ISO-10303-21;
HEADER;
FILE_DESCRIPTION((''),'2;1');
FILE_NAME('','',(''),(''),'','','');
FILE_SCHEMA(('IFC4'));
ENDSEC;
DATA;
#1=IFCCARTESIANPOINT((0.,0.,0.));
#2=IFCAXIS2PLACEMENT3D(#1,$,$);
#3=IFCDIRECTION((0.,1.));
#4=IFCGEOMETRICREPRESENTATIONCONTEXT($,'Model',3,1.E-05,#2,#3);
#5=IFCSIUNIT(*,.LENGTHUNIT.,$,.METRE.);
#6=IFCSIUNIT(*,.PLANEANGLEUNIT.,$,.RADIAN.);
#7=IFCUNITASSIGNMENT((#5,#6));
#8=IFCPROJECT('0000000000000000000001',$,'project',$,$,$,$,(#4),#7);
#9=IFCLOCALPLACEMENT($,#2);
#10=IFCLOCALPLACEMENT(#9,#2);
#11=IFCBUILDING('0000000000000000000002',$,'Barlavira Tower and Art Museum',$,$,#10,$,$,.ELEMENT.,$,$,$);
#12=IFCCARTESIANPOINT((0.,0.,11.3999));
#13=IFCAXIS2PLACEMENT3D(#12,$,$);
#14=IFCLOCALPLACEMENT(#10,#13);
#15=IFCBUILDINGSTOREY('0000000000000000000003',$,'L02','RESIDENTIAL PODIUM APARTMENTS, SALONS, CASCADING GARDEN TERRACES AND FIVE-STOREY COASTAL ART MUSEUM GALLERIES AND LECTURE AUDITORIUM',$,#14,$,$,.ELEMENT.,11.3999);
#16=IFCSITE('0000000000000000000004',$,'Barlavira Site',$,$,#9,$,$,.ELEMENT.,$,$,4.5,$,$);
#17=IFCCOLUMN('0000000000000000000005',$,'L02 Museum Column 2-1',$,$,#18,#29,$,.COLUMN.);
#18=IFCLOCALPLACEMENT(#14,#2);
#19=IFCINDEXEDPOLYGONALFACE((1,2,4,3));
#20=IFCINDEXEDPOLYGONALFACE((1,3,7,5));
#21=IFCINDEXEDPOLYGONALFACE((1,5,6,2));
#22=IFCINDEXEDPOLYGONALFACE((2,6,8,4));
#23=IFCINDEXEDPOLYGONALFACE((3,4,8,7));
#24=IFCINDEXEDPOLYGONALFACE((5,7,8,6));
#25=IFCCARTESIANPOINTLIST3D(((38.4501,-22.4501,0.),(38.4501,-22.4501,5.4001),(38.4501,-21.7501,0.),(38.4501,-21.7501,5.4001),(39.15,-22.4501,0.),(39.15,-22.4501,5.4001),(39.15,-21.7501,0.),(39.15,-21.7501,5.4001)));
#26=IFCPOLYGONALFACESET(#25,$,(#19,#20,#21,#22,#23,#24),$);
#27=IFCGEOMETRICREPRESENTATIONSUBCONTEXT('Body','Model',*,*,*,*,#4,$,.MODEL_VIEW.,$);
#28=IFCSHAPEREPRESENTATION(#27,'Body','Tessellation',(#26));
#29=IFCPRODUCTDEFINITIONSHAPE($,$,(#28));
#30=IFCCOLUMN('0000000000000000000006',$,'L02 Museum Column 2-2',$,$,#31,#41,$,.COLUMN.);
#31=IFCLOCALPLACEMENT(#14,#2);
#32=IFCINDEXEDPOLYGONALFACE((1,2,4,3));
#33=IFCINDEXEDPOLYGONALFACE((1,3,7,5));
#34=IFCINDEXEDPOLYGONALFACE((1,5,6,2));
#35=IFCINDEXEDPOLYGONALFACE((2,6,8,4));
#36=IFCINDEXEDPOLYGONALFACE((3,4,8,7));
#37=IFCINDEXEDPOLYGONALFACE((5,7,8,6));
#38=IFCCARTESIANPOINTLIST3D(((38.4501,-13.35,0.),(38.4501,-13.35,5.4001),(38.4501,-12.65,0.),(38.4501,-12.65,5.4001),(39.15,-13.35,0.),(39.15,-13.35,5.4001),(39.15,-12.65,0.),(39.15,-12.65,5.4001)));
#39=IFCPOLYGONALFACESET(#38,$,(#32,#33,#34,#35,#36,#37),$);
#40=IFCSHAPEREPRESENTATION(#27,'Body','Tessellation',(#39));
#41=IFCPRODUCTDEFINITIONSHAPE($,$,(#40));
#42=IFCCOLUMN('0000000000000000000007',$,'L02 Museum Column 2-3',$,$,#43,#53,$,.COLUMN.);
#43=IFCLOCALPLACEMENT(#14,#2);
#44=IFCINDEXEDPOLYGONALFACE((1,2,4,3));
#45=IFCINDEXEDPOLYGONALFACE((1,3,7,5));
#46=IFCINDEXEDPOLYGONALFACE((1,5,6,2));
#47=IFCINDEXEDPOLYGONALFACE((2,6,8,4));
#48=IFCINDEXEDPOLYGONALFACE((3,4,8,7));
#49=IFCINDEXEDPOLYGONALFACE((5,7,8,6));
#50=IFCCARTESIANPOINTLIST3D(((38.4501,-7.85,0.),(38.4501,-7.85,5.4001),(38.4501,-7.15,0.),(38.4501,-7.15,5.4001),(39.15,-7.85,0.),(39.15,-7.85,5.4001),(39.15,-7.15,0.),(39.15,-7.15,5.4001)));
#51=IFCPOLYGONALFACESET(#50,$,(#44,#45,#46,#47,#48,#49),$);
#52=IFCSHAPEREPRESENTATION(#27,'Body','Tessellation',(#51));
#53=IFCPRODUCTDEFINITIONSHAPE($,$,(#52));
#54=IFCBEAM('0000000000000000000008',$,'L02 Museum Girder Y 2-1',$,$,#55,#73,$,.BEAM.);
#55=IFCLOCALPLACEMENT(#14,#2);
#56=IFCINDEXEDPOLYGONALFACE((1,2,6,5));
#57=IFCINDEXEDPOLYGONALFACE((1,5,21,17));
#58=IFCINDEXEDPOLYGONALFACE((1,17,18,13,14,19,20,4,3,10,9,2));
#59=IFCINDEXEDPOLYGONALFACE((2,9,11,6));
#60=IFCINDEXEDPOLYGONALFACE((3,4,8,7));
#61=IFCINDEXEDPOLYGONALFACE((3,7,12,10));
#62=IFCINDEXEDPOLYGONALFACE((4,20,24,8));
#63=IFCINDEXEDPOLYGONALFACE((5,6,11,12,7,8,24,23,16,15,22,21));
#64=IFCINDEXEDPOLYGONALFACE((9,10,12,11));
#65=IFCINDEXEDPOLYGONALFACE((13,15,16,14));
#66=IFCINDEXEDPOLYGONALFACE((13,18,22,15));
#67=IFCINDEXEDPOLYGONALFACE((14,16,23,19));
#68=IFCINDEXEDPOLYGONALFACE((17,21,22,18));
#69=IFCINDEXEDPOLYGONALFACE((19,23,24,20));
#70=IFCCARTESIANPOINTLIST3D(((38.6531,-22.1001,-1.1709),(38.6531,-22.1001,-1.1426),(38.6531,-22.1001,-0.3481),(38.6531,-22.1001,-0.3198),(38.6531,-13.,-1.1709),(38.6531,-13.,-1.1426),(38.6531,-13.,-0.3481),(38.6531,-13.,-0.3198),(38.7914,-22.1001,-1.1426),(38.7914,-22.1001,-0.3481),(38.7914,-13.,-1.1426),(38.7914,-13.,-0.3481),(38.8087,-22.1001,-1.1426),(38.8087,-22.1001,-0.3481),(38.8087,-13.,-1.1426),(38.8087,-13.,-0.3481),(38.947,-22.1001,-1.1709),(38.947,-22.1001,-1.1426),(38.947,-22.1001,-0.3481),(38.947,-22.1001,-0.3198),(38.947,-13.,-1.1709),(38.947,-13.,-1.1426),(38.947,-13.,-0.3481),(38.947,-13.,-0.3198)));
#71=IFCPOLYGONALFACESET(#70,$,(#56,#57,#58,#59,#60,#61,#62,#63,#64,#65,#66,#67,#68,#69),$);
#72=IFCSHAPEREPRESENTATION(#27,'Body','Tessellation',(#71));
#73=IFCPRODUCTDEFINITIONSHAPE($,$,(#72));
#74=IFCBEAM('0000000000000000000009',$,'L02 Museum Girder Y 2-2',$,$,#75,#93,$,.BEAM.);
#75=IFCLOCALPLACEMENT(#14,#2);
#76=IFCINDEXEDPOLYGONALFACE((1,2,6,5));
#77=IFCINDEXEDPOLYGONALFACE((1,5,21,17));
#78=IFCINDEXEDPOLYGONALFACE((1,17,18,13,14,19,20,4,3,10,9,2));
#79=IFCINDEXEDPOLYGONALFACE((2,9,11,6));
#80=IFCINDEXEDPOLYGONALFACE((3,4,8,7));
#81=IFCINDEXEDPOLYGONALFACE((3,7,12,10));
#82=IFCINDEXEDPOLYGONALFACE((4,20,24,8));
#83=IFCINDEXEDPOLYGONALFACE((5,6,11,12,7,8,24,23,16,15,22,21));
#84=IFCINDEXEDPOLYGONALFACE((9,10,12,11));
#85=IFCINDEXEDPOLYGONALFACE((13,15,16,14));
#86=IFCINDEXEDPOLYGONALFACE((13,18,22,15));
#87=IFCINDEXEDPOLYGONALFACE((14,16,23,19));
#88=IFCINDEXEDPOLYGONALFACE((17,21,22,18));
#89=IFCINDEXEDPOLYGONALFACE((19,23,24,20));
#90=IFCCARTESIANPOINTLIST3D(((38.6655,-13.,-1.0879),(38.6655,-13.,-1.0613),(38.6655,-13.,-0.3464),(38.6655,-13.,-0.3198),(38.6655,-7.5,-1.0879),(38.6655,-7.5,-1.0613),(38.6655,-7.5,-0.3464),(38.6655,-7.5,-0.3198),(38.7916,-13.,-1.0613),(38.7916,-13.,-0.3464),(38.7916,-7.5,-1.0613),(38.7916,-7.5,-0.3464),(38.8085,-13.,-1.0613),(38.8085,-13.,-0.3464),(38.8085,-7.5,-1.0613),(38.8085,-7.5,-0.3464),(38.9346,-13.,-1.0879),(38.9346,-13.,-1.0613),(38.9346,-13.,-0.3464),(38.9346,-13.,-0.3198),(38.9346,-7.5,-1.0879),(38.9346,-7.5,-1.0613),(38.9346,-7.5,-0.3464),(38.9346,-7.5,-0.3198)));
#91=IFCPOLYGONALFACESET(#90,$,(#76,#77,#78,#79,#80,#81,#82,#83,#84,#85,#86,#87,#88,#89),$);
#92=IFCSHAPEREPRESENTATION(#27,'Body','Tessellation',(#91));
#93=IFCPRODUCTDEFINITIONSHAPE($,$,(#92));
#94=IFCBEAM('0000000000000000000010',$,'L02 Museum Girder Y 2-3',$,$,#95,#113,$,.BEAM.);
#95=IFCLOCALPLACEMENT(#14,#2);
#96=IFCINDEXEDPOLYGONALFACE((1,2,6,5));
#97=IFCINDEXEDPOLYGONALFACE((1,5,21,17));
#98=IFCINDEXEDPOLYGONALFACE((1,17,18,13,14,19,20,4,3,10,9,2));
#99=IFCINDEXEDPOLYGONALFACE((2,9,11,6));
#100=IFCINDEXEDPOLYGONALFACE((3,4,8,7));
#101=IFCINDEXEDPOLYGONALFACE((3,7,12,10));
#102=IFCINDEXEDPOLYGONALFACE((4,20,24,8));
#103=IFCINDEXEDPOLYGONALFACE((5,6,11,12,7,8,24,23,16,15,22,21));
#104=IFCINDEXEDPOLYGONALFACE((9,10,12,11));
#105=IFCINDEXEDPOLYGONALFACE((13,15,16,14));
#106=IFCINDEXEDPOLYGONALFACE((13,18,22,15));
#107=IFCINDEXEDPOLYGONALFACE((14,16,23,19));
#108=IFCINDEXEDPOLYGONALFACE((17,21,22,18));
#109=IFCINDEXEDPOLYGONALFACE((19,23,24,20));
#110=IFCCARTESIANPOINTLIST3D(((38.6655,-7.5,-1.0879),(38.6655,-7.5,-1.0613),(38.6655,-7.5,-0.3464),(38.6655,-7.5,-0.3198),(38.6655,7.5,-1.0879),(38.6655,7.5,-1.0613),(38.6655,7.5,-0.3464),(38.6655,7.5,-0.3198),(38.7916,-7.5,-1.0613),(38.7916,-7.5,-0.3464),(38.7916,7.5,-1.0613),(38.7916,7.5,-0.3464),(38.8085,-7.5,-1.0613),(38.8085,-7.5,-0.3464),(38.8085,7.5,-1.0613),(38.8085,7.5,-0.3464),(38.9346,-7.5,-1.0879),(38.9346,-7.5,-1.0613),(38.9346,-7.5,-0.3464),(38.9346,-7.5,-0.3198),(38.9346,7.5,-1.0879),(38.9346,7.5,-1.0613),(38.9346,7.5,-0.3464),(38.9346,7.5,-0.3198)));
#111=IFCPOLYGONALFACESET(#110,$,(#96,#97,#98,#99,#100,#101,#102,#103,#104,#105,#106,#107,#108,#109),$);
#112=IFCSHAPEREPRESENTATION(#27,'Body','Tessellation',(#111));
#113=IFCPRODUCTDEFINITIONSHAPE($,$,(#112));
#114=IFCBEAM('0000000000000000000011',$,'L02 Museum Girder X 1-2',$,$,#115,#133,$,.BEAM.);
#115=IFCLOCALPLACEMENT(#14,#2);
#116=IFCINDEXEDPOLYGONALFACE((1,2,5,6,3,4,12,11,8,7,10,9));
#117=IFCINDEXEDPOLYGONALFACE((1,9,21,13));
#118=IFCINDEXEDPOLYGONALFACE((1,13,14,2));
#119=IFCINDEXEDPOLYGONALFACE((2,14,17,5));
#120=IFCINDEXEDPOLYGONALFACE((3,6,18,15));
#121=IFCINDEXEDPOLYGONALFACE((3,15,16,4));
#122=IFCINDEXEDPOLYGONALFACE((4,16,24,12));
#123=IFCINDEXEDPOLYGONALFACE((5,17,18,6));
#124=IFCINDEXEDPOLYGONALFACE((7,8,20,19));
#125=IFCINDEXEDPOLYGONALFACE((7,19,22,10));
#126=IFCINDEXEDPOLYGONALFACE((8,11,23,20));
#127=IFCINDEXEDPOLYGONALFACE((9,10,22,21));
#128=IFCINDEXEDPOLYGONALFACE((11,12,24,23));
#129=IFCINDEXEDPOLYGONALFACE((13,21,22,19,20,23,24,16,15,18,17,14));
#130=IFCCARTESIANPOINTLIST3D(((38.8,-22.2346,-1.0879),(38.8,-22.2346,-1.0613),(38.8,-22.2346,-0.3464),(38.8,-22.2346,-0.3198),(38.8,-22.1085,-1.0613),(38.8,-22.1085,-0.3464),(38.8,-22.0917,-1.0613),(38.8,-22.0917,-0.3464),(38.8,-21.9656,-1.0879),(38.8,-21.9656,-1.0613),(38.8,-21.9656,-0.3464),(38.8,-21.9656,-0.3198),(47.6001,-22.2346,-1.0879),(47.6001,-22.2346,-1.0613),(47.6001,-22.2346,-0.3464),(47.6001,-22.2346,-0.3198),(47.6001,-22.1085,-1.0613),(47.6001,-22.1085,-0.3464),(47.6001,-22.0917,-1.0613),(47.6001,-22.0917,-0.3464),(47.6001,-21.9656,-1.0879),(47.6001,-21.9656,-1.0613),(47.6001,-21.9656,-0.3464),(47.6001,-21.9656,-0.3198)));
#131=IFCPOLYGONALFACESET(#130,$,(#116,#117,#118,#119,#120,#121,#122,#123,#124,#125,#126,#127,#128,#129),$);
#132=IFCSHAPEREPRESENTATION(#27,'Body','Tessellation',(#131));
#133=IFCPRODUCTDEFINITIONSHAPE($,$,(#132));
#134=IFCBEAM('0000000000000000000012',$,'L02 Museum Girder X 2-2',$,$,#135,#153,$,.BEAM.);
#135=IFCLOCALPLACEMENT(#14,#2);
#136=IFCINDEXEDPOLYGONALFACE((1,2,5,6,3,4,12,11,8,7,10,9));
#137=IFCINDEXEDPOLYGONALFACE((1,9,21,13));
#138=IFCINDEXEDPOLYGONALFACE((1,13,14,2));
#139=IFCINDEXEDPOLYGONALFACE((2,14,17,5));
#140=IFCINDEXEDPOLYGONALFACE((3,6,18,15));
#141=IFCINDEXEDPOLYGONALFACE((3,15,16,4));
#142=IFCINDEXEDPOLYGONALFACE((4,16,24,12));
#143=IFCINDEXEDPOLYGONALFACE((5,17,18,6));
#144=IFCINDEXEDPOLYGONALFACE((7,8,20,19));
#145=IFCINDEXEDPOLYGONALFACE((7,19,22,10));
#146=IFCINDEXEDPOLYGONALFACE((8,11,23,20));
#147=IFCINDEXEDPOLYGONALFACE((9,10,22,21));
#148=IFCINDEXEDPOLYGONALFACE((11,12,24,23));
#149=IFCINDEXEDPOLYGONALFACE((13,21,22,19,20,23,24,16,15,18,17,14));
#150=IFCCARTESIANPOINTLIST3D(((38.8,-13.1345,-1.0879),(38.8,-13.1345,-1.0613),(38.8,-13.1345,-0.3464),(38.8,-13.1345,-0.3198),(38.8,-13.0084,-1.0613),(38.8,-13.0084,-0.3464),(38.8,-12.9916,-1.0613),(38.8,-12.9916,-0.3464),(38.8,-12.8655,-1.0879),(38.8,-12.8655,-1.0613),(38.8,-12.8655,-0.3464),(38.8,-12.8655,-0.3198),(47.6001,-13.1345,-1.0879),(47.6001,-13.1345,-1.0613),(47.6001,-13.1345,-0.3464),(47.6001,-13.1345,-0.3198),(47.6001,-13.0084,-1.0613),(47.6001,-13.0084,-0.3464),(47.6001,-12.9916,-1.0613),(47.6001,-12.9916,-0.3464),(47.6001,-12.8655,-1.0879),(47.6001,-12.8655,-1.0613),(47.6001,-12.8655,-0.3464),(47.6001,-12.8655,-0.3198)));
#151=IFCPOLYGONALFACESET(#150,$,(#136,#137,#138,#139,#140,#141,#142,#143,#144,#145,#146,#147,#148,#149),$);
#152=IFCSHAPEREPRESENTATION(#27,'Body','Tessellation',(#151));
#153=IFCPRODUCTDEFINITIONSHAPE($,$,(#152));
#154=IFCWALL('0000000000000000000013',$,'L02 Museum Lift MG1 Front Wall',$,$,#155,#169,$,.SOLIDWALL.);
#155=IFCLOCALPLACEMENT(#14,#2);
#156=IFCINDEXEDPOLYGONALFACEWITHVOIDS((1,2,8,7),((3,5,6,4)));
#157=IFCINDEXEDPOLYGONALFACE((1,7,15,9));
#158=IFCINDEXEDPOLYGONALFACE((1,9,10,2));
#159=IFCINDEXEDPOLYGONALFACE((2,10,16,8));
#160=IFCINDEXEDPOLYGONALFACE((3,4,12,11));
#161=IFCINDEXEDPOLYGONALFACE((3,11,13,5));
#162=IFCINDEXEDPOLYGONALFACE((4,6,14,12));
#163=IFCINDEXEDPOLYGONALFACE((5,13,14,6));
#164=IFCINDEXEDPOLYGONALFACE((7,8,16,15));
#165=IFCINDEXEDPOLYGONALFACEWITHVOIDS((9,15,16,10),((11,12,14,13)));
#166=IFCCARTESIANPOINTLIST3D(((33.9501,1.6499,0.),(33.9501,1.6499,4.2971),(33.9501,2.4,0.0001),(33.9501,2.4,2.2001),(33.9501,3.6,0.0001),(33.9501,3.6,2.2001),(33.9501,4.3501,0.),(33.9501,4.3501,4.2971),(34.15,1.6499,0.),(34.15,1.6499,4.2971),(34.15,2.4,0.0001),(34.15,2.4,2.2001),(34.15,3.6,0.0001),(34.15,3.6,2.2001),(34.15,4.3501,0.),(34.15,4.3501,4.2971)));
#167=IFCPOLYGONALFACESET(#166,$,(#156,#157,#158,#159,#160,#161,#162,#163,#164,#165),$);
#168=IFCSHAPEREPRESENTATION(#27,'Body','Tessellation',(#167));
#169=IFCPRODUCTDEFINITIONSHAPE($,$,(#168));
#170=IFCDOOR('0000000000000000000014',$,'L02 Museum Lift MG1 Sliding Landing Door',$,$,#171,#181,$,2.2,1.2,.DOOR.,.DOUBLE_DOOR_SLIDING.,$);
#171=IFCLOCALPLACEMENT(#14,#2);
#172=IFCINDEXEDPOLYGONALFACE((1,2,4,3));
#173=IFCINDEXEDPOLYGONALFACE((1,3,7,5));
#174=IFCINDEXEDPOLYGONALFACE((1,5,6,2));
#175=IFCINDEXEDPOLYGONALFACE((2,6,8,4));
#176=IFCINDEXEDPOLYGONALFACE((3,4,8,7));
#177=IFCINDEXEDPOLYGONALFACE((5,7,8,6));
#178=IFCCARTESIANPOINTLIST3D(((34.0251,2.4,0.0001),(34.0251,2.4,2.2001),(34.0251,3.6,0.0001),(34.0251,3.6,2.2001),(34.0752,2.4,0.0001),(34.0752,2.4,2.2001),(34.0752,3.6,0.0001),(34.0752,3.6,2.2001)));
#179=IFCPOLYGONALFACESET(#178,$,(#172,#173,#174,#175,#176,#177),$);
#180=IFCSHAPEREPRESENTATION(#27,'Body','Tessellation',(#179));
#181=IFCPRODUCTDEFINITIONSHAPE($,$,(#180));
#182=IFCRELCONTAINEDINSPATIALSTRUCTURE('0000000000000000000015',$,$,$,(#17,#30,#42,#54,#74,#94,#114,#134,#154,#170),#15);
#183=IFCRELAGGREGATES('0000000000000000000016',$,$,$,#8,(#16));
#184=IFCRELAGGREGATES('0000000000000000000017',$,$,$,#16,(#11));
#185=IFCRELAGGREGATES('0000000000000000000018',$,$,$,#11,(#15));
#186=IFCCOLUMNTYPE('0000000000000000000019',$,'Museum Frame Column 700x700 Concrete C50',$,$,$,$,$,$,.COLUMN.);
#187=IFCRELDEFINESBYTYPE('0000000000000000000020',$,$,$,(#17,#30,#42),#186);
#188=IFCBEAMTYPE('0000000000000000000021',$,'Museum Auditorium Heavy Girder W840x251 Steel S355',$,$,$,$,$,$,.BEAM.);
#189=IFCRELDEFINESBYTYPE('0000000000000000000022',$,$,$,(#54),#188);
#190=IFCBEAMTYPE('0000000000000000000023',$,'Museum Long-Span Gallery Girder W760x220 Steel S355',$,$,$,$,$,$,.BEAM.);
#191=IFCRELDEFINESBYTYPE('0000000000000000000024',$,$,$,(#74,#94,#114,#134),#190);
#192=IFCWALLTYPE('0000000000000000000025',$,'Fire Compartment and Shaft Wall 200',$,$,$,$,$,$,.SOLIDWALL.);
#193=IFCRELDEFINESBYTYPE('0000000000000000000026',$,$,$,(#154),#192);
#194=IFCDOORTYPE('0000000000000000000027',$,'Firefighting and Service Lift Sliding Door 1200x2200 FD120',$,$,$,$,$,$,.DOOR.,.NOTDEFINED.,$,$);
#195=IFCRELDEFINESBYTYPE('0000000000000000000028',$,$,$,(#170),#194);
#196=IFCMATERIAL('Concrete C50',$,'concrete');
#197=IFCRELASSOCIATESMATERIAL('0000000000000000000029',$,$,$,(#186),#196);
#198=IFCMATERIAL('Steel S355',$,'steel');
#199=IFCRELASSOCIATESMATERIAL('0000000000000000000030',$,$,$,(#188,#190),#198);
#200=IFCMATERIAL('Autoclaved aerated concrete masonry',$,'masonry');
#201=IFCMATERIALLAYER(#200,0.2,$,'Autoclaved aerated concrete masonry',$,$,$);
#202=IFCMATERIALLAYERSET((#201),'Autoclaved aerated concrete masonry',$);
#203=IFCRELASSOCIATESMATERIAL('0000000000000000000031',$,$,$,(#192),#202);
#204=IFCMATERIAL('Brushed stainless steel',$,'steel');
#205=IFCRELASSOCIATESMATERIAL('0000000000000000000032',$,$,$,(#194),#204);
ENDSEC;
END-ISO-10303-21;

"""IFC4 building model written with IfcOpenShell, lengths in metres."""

from ifc_helpers import new_model, si_unit, direction, frame, frame_2d, origin, origin_2d, place, context, subcontext, project, spatial, rectangle, i_section, extrude, material, layer, layer_set, material_profile, profile_set, type_object, element, fill, save


model = new_model("IFC4")

# Units and contexts
model_context = context("Model", 3, precision=1e-05, world=origin(), true_north=direction((0.0, 1.0)))
body_context = subcontext(model_context, "Body", "Model", "MODEL_VIEW")
ifc_project = project(units=[si_unit("LENGTHUNIT", "METRE"), si_unit("PLANEANGLEUNIT", "RADIAN")], contexts=[model_context])

# Site, building, storey
site_placement = place(None, origin())
site = spatial("IfcSite", under=ifc_project, at=site_placement, Name="Barlavira Site", CompositionType="ELEMENT", RefElevation=4.5)
building_placement = place(site_placement, origin())
building = spatial("IfcBuilding", under=site, at=building_placement, Name="Barlavira Tower and Art Museum", CompositionType="ELEMENT")
storey_placement = place(building_placement, frame((0.0, 0.0, 11.3999)))
storey = spatial("IfcBuildingStorey", under=building, at=storey_placement, Name="L02", Description="RESIDENTIAL PODIUM APARTMENTS, SALONS, CASCADING GARDEN TERRACES AND FIVE-STOREY COASTAL ART MUSEUM GALLERIES AND LECTURE AUDITORIUM", CompositionType="ELEMENT", Elevation=11.3999)

# Columns
ifc_material_1 = material(Name="Concrete C50", Category="concrete")
ifc_material_profile_1 = material_profile(ifc_material_1, rectangle(XDim=0.7, YDim=0.7, at=origin_2d()), Name="RC-COL 700x700")
ifc_profile_set_1 = profile_set([ifc_material_profile_1], Name="Concrete C50")
column_type = type_object("IfcColumnType", Name="Museum Frame Column 700x700 Concrete C50", PredefinedType="COLUMN", material=ifc_profile_set_1)
for number, where, z_axis, x_axis, name in (
    (1, (38.8, -22.1001, 0.0), (0.0, 0.0, 1.0), (1.0, 0.0, 0.0), "L02 Museum Column 2-1"),
    (2, (38.8, -13.0, 0.0), (0.0, 0.0, 1.0), (1.0, 0.0, 0.0), "L02 Museum Column 2-2"),
    (3, (38.8, -7.5, 0.0), (0.0, 0.0, 1.0), (1.0, 0.0, 0.0), "L02 Museum Column 2-3"),
):
    element("IfcColumn", number, at=place(storey_placement, frame(where, z_axis=z_axis, x_axis=x_axis)), inside=storey, type_object=column_type, Name=name, PredefinedType="COLUMN", context=body_context, shape_type="SweptSolid", body=[
        extrude(rectangle(XDim=0.7, YDim=0.7, at=origin_2d()), origin(), (0.0, 0.0, 1.0), 5.4001),
    ])

# Beams
ifc_material_2 = material(Name="Steel S355", Category="steel")
ifc_material_profile_2 = material_profile(ifc_material_2, i_section(OverallWidth=0.2939, OverallDepth=0.8511, WebThickness=0.0173, FlangeThickness=0.0283, at=origin_2d()), Name="W840x251.0")
ifc_profile_set_2 = profile_set([ifc_material_profile_2], Name="Steel S355")
beam_type_1 = type_object("IfcBeamType", Name="Museum Auditorium Heavy Girder W840x251 Steel S355", PredefinedType="BEAM", material=ifc_profile_set_2)
beam_1_placement = place(storey_placement, frame((38.8, -22.1001, -0.7454), z_axis=(0.0, 1.0, 0.0), x_axis=(-1.0, 0.0, 0.0)))
element("IfcBeam", 4, at=beam_1_placement, inside=storey, type_object=beam_type_1, Name="L02 Museum Girder Y 2-1", PredefinedType="BEAM", context=body_context, shape_type="SweptSolid", body=[
    extrude(i_section(OverallWidth=0.2939, OverallDepth=0.8511, WebThickness=0.0173, FlangeThickness=0.0283, at=origin_2d()), origin(), (0.0, 0.0, 1.0), 9.1001),
])
ifc_material_profile_3 = material_profile(ifc_material_2, i_section(OverallWidth=0.269, OverallDepth=0.7681, WebThickness=0.0168, FlangeThickness=0.0266, at=origin_2d()), Name="W760x220.0")
ifc_profile_set_3 = profile_set([ifc_material_profile_3], Name="Steel S355")
beam_type_2 = type_object("IfcBeamType", Name="Museum Long-Span Gallery Girder W760x220 Steel S355", PredefinedType="BEAM", material=ifc_profile_set_3)
beam_2_placement = place(storey_placement, frame((38.8, -13.0, -0.7039), z_axis=(0.0, 1.0, 0.0), x_axis=(-1.0, 0.0, 0.0)))
element("IfcBeam", 5, at=beam_2_placement, inside=storey, type_object=beam_type_2, Name="L02 Museum Girder Y 2-2", PredefinedType="BEAM", context=body_context, shape_type="SweptSolid", body=[
    extrude(i_section(OverallWidth=0.269, OverallDepth=0.7681, WebThickness=0.0168, FlangeThickness=0.0266, at=origin_2d()), origin(), (0.0, 0.0, 1.0), 5.5),
])
beam_3_placement = place(storey_placement, frame((38.8, -7.5, -0.7039), z_axis=(0.0, 1.0, 0.0), x_axis=(-1.0, 0.0, 0.0)))
element("IfcBeam", 6, at=beam_3_placement, inside=storey, type_object=beam_type_2, Name="L02 Museum Girder Y 2-3", PredefinedType="BEAM", context=body_context, shape_type="SweptSolid", body=[
    extrude(i_section(OverallWidth=0.269, OverallDepth=0.7681, WebThickness=0.0168, FlangeThickness=0.0266, at=origin_2d()), origin(), (0.0, 0.0, 1.0), 15.0),
])
for number, where, z_axis, x_axis, name in (
    (7, (38.8, -22.1001, -0.7039), (1.0, 0.0, 0.0), (0.0, 1.0, 0.0), "L02 Museum Girder X 1-2"),
    (8, (38.8, -13.0, -0.7039), (1.0, 0.0, 0.0), (0.0, 1.0, 0.0), "L02 Museum Girder X 2-2"),
):
    element("IfcBeam", number, at=place(storey_placement, frame(where, z_axis=z_axis, x_axis=x_axis)), inside=storey, type_object=beam_type_2, Name=name, PredefinedType="BEAM", context=body_context, shape_type="SweptSolid", body=[
        extrude(i_section(OverallWidth=0.269, OverallDepth=0.7681, WebThickness=0.0168, FlangeThickness=0.0266, at=origin_2d()), origin(), (0.0, 0.0, 1.0), 8.8),
    ])

# Wall, opening, door
ifc_material_3 = material(Name="Autoclaved aerated concrete masonry", Category="masonry")
ifc_layer_1 = layer(ifc_material_3, 0.2, Name="Autoclaved aerated concrete masonry")
ifc_layer_set_1 = layer_set([ifc_layer_1], Name="Autoclaved aerated concrete masonry")
wall_type_1 = type_object("IfcWallType", Name="Fire Compartment and Shaft Wall 200", PredefinedType="SOLIDWALL", material=ifc_layer_set_1)
ifc_material_4 = material(Name="Brushed stainless steel", Category="steel")
wall_1_placement = place(storey_placement, frame((34.05, 1.6499, 0.0), z_axis=(0.0, 0.0, 1.0), x_axis=(0.0, 1.0, 0.0)))
wall_1 = element("IfcWall", 9, at=wall_1_placement, inside=storey, type_object=wall_type_1, Name="L02 Museum Lift MG1 Front Wall", PredefinedType="SOLIDWALL", context=body_context, shape_type="SweptSolid", body=[
    extrude(rectangle(XDim=2.7002, YDim=0.2, at=frame_2d((1.3501, 0.0))), origin(), (0.0, 0.0, 1.0), 4.2971),
])
opening_1_placement = place(wall_1_placement, frame((0.75, 0.0, 0.0)))
opening_1 = element("IfcOpeningElement", 10, at=opening_1_placement, cuts=wall_1, PredefinedType="OPENING", context=body_context, shape_type="SweptSolid", body=[
    extrude(rectangle(XDim=1.2, YDim=2.2, at=frame_2d((0.6001, 1.1001))), frame((0.0, 0.1099, 0.0), z_axis=(0.0, -1.0, 0.0), x_axis=(1.0, 0.0, 0.0)), (0.0, 0.0, 1.0), 0.22),
])
door_type_1 = type_object("IfcDoorType", Name="Firefighting and Service Lift Sliding Door 1200x2200 FD120", OperationType="NOTDEFINED", PredefinedType="DOOR", material=ifc_material_4)
door_1_placement = place(opening_1_placement, origin())
door_1 = element("IfcDoor", 11, at=door_1_placement, inside=storey, type_object=door_type_1, Name="L02 Museum Lift MG1 Sliding Landing Door", OperationType="DOUBLE_DOOR_SLIDING", OverallHeight=2.2, OverallWidth=1.2, PredefinedType="DOOR", context=body_context, shape_type="SweptSolid", body=[
    extrude(rectangle(XDim=1.2, YDim=2.2, at=frame_2d((0.6001, 1.1001))), frame((0.0, 0.0249, 0.0), z_axis=(0.0, -1.0, 0.0), x_axis=(1.0, 0.0, 0.0)), (0.0, 0.0, 1.0), 0.05),
])
fill(opening_1, door_1)

save(model, "model.ifc")
